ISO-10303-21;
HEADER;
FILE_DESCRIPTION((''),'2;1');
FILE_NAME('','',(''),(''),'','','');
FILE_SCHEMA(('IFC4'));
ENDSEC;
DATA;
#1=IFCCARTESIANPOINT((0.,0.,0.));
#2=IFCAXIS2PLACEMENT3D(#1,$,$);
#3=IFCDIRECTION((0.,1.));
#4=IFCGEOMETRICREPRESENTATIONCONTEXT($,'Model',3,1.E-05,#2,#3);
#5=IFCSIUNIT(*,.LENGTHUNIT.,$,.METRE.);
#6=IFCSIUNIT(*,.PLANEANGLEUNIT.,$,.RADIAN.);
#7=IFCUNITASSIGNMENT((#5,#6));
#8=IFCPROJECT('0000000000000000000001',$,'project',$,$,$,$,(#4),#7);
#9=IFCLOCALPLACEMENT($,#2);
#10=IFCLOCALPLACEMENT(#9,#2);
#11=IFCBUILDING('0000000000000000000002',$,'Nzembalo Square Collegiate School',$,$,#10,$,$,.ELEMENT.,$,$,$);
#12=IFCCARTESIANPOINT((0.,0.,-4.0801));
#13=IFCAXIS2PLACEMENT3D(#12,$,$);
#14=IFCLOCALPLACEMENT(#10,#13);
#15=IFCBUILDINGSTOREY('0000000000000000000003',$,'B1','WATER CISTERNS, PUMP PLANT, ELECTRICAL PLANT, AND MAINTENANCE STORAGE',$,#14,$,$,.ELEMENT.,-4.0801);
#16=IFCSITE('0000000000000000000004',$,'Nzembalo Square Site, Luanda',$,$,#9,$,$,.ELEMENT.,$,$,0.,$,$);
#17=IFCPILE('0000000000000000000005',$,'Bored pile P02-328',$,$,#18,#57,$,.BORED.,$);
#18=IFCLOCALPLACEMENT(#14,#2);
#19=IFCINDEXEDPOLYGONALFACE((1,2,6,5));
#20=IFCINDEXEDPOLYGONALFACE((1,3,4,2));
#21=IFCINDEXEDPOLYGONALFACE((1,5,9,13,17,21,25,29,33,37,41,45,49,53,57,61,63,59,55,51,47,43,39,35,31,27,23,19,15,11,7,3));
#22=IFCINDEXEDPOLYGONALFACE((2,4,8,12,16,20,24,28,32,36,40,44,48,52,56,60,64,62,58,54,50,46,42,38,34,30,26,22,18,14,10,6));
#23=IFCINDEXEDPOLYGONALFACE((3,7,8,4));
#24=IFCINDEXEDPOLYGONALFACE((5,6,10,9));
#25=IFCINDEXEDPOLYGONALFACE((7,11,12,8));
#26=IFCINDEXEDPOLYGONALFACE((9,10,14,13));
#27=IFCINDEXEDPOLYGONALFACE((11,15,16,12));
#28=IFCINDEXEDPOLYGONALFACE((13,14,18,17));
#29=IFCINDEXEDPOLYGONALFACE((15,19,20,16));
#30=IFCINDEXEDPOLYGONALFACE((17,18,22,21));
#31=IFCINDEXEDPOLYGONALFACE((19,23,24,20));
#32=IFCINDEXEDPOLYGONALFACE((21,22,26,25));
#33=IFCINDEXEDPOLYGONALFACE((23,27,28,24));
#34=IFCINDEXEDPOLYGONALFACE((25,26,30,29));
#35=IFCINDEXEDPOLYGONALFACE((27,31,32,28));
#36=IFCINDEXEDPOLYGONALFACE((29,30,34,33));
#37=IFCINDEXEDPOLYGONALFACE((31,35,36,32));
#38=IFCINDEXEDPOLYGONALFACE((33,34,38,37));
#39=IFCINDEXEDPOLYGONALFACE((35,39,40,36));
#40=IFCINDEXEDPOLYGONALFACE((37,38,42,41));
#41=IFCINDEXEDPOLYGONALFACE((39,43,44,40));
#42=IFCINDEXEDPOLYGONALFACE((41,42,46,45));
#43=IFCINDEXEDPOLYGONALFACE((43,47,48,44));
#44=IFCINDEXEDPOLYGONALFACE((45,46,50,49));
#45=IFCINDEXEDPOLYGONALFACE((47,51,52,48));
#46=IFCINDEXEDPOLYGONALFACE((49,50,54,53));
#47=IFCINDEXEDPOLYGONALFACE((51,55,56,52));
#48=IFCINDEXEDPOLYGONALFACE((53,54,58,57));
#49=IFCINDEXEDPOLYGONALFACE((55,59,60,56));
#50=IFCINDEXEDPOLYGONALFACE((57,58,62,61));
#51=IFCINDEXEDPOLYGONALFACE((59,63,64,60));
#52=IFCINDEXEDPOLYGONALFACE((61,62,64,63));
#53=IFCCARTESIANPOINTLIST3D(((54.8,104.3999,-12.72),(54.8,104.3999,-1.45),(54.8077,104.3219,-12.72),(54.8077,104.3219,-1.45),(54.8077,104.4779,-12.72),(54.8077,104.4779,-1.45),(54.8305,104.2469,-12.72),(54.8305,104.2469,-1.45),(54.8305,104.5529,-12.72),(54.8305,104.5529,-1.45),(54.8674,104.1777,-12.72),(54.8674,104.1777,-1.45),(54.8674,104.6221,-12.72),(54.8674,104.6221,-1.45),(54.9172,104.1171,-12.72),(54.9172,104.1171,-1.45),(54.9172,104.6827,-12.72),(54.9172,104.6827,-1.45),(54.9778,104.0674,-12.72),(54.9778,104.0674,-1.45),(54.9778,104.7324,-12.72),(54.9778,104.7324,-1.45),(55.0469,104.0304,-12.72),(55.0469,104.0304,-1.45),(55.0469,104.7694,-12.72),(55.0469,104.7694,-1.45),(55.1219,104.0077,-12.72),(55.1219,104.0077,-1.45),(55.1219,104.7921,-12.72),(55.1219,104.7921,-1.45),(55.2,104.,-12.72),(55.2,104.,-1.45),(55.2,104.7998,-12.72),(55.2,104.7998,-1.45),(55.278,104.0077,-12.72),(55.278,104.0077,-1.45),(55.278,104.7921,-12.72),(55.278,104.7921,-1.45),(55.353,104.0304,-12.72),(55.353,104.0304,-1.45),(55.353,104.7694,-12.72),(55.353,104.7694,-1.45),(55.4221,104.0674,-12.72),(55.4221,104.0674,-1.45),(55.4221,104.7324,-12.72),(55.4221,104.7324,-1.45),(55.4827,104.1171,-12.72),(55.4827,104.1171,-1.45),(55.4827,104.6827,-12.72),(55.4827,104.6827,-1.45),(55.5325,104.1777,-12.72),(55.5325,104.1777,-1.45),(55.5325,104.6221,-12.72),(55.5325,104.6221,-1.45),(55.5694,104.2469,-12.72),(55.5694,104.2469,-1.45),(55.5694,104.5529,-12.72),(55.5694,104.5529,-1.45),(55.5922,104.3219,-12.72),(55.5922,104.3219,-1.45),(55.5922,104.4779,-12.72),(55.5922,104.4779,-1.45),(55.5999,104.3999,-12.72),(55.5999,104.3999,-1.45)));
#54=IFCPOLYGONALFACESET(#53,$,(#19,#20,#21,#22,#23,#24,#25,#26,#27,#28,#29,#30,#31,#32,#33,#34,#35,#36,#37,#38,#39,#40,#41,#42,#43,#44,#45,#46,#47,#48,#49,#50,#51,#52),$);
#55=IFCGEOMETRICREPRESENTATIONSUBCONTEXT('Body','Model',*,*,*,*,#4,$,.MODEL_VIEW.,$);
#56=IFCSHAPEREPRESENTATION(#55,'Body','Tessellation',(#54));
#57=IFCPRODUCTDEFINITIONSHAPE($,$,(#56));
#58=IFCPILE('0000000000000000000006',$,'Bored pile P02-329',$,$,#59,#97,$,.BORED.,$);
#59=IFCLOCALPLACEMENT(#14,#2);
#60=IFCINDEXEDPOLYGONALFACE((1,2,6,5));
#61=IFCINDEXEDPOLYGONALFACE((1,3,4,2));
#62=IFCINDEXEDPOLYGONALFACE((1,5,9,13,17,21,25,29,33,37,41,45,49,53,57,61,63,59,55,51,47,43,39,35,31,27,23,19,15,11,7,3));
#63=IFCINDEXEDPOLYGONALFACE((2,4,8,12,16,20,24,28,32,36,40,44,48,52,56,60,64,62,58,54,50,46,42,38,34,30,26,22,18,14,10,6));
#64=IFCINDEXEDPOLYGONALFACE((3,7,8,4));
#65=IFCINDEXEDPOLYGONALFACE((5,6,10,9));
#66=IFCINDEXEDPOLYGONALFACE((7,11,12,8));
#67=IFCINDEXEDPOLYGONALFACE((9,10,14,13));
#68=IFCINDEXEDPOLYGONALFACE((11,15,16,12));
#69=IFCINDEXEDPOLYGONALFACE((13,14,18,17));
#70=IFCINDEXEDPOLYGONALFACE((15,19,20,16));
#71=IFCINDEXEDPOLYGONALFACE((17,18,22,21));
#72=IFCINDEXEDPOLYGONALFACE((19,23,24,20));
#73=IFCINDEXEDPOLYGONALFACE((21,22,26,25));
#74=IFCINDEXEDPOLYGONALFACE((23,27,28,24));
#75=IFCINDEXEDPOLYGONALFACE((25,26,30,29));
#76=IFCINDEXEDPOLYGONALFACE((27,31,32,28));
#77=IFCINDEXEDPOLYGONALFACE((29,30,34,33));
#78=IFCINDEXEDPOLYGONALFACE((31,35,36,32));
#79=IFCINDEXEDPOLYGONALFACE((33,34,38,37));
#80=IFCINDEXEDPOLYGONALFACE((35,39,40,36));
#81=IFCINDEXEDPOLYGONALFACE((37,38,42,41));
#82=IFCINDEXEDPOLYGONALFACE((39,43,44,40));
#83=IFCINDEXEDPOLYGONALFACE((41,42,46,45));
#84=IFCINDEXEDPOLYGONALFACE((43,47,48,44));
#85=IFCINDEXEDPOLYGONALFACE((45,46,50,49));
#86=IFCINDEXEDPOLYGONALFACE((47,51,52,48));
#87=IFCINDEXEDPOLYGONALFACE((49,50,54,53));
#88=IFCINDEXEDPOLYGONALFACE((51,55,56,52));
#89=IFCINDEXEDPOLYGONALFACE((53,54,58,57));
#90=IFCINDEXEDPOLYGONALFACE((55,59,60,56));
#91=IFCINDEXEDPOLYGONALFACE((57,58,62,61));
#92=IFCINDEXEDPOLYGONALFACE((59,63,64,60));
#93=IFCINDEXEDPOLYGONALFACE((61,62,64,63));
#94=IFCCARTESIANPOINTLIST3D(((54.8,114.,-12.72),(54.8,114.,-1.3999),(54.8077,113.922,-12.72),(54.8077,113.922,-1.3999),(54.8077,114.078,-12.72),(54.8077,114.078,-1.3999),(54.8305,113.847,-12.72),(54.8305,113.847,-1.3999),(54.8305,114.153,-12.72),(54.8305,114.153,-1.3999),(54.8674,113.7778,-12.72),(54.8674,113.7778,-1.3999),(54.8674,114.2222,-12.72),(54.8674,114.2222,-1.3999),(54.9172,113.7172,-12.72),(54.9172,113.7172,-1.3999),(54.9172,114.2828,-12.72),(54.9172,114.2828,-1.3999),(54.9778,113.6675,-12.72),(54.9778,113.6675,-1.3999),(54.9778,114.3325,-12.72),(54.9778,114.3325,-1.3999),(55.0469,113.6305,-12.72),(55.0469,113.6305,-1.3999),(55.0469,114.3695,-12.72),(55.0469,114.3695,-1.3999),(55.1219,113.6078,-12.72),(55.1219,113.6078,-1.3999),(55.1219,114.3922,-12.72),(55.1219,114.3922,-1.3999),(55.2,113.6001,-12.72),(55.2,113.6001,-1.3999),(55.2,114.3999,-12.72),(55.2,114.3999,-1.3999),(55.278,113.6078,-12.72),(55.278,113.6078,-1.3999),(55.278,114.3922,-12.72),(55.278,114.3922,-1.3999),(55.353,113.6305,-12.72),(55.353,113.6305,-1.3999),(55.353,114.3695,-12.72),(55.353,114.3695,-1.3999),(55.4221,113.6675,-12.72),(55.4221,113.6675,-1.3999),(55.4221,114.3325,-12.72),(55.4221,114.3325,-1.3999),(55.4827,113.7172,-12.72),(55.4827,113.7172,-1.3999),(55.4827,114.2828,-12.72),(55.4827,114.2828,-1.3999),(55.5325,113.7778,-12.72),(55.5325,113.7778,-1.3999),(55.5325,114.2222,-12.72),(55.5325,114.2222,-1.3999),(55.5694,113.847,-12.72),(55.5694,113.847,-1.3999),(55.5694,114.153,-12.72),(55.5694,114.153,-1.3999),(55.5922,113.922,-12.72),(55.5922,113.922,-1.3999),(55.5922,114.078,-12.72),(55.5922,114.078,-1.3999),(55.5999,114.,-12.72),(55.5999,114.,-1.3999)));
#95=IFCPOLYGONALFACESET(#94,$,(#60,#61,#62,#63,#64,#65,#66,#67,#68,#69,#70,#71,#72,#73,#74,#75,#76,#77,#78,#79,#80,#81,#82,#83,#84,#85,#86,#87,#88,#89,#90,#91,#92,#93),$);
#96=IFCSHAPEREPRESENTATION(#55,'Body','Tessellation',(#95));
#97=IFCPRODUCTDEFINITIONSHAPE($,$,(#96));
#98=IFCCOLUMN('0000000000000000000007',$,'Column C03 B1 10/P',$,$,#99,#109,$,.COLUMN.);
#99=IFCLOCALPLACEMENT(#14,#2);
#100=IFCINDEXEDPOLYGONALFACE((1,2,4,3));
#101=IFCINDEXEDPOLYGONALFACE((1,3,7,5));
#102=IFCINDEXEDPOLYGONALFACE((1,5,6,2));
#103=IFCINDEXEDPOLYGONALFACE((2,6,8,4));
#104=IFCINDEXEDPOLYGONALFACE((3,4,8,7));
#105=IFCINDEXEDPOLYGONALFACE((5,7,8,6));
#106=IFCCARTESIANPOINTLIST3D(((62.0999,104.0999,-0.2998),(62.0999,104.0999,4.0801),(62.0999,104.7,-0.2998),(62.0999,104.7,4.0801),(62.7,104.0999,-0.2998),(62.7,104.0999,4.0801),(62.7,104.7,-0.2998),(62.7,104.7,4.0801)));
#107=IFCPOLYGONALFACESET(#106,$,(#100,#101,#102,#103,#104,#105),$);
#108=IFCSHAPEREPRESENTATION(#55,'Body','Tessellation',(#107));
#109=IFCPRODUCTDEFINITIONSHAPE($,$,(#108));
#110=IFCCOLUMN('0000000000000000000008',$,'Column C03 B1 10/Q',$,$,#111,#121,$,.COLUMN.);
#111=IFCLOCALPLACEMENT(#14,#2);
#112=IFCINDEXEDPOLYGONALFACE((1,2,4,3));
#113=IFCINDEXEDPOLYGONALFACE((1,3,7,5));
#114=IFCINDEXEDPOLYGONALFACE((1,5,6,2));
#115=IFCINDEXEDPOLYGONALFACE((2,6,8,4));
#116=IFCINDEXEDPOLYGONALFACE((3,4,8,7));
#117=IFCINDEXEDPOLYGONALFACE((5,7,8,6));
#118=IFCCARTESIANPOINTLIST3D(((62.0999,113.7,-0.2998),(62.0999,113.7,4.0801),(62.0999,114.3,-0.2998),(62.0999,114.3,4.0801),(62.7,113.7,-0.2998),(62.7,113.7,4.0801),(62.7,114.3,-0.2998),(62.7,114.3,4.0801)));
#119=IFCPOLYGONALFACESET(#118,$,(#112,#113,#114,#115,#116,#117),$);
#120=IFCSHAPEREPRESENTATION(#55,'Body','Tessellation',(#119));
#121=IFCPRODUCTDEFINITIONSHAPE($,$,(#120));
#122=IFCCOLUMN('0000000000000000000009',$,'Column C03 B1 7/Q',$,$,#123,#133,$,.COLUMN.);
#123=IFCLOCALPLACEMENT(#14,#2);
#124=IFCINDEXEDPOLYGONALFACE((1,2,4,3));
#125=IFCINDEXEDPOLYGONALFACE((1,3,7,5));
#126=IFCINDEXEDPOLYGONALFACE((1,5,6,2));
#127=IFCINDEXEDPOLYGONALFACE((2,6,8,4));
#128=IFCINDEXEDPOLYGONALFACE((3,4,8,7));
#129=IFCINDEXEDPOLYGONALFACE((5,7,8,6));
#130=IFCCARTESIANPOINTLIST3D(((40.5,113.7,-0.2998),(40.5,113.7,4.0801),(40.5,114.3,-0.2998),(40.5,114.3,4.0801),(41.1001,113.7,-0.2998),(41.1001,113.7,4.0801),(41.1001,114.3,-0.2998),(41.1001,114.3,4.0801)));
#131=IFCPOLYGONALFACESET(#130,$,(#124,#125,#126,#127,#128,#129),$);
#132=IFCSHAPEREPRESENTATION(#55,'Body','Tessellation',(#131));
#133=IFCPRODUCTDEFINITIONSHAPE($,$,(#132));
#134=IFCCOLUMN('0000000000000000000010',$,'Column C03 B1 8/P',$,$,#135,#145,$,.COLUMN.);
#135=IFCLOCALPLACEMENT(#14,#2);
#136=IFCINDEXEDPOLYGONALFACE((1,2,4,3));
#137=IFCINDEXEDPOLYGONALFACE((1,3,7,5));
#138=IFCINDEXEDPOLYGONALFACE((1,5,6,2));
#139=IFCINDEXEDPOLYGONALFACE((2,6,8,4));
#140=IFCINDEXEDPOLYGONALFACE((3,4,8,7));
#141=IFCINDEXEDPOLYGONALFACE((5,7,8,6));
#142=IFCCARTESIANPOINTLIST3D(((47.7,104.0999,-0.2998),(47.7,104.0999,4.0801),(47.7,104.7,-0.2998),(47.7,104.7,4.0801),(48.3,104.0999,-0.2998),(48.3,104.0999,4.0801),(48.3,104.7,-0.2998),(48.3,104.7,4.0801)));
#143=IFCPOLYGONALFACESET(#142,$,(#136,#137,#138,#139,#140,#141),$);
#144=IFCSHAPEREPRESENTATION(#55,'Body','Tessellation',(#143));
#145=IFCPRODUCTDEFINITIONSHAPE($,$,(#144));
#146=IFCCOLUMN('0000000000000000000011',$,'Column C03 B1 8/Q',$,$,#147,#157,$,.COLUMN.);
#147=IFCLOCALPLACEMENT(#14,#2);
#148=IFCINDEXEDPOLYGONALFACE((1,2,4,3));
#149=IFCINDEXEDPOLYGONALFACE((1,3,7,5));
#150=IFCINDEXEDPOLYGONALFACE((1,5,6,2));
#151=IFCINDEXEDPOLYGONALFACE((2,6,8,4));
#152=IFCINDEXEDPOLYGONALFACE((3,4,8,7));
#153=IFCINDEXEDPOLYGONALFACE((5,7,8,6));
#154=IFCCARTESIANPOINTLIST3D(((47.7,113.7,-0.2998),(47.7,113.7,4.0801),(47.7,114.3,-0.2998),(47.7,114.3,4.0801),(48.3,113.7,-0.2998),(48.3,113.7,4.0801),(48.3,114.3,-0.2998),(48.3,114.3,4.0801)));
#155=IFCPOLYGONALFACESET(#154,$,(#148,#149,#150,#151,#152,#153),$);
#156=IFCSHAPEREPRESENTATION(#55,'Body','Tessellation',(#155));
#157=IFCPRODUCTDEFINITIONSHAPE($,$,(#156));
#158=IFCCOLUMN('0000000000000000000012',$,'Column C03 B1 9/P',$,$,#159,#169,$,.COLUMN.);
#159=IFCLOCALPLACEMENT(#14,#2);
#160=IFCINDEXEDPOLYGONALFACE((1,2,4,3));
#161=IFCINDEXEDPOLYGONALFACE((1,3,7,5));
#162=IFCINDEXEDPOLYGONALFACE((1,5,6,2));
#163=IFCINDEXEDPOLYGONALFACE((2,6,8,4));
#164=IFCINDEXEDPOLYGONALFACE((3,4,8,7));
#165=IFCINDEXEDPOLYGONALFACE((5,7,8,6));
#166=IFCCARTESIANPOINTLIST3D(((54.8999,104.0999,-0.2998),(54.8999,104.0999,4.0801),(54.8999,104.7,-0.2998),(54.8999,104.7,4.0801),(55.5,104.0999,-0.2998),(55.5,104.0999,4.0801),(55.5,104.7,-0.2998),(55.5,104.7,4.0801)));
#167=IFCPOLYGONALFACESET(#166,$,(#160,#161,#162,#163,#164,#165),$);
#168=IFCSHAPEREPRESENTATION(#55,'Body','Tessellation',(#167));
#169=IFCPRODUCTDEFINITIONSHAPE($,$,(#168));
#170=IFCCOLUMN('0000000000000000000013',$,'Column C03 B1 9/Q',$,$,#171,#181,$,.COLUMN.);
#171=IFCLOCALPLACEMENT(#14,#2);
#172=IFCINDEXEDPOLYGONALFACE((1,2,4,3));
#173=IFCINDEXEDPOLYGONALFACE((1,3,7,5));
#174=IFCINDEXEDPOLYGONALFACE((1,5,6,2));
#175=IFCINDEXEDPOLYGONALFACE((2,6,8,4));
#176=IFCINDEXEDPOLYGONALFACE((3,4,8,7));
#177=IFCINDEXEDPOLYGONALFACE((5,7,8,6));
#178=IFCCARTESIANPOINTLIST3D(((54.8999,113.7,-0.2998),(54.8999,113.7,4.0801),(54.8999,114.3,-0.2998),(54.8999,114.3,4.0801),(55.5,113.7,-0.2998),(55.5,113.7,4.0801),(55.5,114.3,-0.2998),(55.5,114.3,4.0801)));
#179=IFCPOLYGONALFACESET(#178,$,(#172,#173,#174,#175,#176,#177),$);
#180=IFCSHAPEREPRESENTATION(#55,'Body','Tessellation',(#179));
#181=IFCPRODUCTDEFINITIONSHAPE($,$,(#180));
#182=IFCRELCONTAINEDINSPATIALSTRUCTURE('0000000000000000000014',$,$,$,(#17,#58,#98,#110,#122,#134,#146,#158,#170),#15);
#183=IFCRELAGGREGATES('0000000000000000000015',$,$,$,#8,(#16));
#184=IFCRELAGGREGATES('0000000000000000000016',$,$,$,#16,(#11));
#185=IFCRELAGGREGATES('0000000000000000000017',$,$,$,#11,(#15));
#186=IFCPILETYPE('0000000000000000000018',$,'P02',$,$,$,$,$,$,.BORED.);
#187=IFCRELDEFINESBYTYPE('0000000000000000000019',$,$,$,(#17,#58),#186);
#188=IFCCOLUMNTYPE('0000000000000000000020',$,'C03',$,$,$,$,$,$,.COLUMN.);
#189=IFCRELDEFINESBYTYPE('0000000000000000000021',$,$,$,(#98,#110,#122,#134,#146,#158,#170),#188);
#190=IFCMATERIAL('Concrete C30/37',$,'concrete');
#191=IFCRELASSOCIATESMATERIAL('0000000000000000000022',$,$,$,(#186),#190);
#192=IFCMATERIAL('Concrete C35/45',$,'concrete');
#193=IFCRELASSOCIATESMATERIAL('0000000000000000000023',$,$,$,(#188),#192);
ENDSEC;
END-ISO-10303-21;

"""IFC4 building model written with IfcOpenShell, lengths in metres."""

from ifc_helpers import new_model, si_unit, direction, frame, origin, origin_2d, place, context, subcontext, project, spatial, rectangle, circle, extrude, material, material_profile, profile_set, type_object, element, save


model = new_model("IFC4")

# Units and contexts
model_context = context("Model", 3, precision=1e-05, world=origin(), true_north=direction((0.0, 1.0)))
body_context = subcontext(model_context, "Body", "Model", "MODEL_VIEW")
ifc_project = project(units=[si_unit("LENGTHUNIT", "METRE"), si_unit("PLANEANGLEUNIT", "RADIAN")], contexts=[model_context])

# Site, building, storey
site_placement = place(None, origin())
site = spatial("IfcSite", under=ifc_project, at=site_placement, Name="Nzembalo Square Site, Luanda", CompositionType="ELEMENT", RefElevation=0.0)
building_placement = place(site_placement, origin())
building = spatial("IfcBuilding", under=site, at=building_placement, Name="Nzembalo Square Collegiate School", CompositionType="ELEMENT")
storey_placement = place(building_placement, frame((0.0, 0.0, -4.0801)))
storey = spatial("IfcBuildingStorey", under=building, at=storey_placement, Name="B1", Description="WATER CISTERNS, PUMP PLANT, ELECTRICAL PLANT, AND MAINTENANCE STORAGE", CompositionType="ELEMENT", Elevation=-4.0801)

# Piles
ifc_material_1 = material(Name="Concrete C30/37", Category="concrete")
ifc_material_profile_1 = material_profile(ifc_material_1, circle(Radius=0.3999, at=origin_2d()), Name="PILE D800")
ifc_profile_set_1 = profile_set([ifc_material_profile_1], Name="Concrete C30/37")
pile_type = type_object("IfcPileType", Name="P02", PredefinedType="BORED", material=ifc_profile_set_1)
pile_1_placement = place(storey_placement, frame((55.2, 104.3999, -1.45), z_axis=(0.0, 0.0, -1.0), x_axis=(1.0, 0.0, 0.0)))
element("IfcPile", 1, at=pile_1_placement, inside=storey, type_object=pile_type, Name="Bored pile P02-328", PredefinedType="BORED", context=body_context, shape_type="SweptSolid", body=[
    extrude(circle(Radius=0.3999, at=origin_2d()), origin(), (0.0, 0.0, 1.0), 11.27),
])
pile_2_placement = place(storey_placement, frame((55.2, 114.0, -1.3999), z_axis=(0.0, 0.0, -1.0), x_axis=(1.0, 0.0, 0.0)))
element("IfcPile", 2, at=pile_2_placement, inside=storey, type_object=pile_type, Name="Bored pile P02-329", PredefinedType="BORED", context=body_context, shape_type="SweptSolid", body=[
    extrude(circle(Radius=0.3999, at=origin_2d()), origin(), (0.0, 0.0, 1.0), 11.3201),
])

# Columns
ifc_material_2 = material(Name="Concrete C35/45", Category="concrete")
ifc_material_profile_2 = material_profile(ifc_material_2, rectangle(XDim=0.6001, YDim=0.6001, at=origin_2d()), Name="RC 600x600")
ifc_profile_set_2 = profile_set([ifc_material_profile_2], Name="Concrete C35/45")
column_type = type_object("IfcColumnType", Name="C03", PredefinedType="COLUMN", material=ifc_profile_set_2)
for number, where, z_axis, x_axis, name in (
    (3, (62.3999, 104.3999, -0.2998), (0.0, 0.0, 1.0), (1.0, 0.0, 0.0), "Column C03 B1 10/P"),
    (4, (62.3999, 114.0, -0.2998), (0.0, 0.0, 1.0), (1.0, 0.0, 0.0), "Column C03 B1 10/Q"),
    (5, (40.8, 114.0, -0.2998), (0.0, 0.0, 1.0), (1.0, 0.0, 0.0), "Column C03 B1 7/Q"),
    (6, (48.0, 104.3999, -0.2998), (0.0, 0.0, 1.0), (1.0, 0.0, 0.0), "Column C03 B1 8/P"),
    (7, (48.0, 114.0, -0.2998), (0.0, 0.0, 1.0), (1.0, 0.0, 0.0), "Column C03 B1 8/Q"),
    (8, (55.2, 104.3999, -0.2998), (0.0, 0.0, 1.0), (1.0, 0.0, 0.0), "Column C03 B1 9/P"),
    (9, (55.2, 114.0, -0.2998), (0.0, 0.0, 1.0), (1.0, 0.0, 0.0), "Column C03 B1 9/Q"),
):
    element("IfcColumn", number, at=place(storey_placement, frame(where, z_axis=z_axis, x_axis=x_axis)), inside=storey, type_object=column_type, Name=name, PredefinedType="COLUMN", context=body_context, shape_type="SweptSolid", body=[
        extrude(rectangle(XDim=0.6001, YDim=0.6001, at=origin_2d()), origin(), (0.0, 0.0, 1.0), 4.3799),
    ])

save(model, "model.ifc")
